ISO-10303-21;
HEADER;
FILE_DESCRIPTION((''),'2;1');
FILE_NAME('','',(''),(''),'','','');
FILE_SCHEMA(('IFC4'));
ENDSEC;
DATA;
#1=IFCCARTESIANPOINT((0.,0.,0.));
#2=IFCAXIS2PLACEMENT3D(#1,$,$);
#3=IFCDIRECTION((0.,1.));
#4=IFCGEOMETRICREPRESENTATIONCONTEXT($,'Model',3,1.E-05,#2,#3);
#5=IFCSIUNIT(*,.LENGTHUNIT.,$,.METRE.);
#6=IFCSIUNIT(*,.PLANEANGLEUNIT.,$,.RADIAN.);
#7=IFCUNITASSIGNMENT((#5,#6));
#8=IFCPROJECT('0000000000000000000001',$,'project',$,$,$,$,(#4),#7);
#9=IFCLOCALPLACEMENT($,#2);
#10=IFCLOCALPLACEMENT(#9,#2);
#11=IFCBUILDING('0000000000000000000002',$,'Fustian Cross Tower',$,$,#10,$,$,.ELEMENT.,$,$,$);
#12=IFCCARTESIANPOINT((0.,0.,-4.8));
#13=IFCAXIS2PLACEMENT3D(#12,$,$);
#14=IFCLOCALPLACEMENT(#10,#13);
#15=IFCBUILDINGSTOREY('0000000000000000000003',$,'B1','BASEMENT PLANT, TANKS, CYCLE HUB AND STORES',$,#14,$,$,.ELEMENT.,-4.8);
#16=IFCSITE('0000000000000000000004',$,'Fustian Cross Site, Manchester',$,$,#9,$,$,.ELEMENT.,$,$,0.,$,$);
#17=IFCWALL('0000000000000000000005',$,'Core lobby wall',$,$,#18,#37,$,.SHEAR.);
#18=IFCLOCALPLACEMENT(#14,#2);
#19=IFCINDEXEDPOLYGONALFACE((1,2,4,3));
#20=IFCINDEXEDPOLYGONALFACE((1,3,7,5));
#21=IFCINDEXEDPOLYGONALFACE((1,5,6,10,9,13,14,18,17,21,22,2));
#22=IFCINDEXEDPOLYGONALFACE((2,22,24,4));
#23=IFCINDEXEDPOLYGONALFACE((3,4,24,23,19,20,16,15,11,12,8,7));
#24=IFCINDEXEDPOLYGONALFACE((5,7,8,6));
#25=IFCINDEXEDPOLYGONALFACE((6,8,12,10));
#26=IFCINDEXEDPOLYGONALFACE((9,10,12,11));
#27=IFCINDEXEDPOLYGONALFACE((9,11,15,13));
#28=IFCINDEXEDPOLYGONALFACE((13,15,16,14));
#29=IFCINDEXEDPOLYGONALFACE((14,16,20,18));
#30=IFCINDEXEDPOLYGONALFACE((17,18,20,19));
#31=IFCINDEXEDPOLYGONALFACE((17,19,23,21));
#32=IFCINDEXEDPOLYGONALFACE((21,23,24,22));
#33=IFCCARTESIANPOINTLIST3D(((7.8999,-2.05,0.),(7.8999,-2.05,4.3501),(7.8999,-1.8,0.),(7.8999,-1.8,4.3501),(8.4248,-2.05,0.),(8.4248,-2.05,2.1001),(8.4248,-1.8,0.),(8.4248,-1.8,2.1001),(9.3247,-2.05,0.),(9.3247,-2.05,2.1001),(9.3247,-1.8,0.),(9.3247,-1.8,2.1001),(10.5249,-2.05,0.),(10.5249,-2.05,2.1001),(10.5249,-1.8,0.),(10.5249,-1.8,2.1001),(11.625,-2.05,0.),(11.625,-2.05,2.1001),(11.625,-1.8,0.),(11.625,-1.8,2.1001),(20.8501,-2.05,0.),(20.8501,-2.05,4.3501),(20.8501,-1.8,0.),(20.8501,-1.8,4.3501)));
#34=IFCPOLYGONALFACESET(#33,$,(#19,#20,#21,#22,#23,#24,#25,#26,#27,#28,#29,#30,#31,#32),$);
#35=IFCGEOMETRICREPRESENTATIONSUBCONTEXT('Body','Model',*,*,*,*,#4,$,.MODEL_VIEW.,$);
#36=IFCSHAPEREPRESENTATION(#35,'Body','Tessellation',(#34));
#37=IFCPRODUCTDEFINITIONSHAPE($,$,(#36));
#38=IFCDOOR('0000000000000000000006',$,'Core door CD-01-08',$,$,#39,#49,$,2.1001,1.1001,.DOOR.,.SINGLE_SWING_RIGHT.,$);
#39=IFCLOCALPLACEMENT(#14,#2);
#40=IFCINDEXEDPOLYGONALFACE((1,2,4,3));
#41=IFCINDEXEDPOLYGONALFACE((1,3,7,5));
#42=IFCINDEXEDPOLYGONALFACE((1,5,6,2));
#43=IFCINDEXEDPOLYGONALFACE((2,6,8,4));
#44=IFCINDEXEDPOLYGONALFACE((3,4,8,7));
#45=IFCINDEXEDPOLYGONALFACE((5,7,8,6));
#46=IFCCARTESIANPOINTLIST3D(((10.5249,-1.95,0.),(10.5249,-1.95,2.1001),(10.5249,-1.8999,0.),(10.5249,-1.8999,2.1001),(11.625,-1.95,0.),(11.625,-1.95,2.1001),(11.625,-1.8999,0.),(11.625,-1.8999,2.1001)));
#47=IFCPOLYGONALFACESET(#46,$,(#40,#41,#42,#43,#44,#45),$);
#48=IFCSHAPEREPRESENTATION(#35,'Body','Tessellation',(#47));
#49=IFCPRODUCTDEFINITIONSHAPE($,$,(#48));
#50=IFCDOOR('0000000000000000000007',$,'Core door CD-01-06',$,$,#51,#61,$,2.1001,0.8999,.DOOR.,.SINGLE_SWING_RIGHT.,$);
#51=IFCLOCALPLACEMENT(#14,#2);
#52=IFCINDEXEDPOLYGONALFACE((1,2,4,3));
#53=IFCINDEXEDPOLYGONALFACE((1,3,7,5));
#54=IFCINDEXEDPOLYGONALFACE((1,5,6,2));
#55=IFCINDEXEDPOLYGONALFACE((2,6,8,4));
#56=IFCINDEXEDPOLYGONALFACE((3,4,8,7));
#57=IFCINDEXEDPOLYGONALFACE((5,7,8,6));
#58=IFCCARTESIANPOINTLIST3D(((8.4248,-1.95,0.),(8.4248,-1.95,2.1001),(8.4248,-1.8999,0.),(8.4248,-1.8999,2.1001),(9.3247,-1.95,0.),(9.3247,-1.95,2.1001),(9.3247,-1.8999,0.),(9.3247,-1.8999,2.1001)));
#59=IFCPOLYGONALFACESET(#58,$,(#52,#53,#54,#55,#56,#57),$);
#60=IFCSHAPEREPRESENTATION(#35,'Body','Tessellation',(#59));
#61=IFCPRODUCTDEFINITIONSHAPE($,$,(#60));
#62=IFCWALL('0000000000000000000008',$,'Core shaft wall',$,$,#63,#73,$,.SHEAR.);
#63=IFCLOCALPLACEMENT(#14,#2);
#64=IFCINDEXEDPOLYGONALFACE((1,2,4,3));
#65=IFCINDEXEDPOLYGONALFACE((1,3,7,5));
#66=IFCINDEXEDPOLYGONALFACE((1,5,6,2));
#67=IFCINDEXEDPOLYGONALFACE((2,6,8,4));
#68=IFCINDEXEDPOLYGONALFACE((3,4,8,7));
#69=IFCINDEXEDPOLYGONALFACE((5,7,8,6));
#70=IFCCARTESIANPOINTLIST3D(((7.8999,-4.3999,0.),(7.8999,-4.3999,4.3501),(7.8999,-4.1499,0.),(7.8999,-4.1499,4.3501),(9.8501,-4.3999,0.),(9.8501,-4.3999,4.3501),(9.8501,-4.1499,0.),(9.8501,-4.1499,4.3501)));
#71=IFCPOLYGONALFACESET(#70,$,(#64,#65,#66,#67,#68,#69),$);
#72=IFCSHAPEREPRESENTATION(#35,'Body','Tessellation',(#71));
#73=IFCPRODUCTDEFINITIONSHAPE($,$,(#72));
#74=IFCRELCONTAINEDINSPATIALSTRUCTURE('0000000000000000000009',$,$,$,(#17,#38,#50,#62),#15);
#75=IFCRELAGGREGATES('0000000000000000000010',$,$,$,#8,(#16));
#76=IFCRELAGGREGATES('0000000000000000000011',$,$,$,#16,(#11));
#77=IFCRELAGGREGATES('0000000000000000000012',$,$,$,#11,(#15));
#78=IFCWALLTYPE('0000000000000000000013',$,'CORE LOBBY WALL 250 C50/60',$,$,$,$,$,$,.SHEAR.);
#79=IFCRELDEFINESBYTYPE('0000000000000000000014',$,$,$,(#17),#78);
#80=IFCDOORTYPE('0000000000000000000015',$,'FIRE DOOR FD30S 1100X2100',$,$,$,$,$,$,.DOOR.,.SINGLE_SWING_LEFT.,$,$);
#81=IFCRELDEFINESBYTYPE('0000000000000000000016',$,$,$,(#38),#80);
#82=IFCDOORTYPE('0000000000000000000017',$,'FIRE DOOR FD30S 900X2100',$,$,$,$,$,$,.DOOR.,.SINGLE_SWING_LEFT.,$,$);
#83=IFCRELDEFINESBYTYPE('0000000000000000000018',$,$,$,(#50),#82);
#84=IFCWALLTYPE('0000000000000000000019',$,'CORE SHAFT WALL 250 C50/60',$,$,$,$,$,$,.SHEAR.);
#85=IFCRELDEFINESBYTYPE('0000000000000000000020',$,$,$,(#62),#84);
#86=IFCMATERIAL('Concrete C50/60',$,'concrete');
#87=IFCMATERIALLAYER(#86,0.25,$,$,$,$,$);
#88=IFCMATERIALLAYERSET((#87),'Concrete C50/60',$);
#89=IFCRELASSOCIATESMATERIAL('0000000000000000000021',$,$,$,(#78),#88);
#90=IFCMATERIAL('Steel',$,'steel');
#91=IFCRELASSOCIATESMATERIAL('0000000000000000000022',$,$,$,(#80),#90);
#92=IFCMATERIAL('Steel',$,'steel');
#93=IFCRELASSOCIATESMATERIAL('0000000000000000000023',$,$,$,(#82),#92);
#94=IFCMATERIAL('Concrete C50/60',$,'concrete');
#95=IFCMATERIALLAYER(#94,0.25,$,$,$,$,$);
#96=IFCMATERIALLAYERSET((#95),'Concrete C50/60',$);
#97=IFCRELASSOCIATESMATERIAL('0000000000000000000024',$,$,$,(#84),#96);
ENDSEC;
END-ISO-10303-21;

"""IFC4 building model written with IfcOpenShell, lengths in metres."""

from ifc_helpers import new_model, si_unit, direction, frame, frame_2d, origin, place, context, subcontext, project, spatial, rectangle, extrude, material, layer, layer_set, type_object, element, fill, save


model = new_model("IFC4")

# Units and contexts
model_context = context("Model", 3, precision=1e-05, world=origin(), true_north=direction((0.0, 1.0)))
body_context = subcontext(model_context, "Body", "Model", "MODEL_VIEW")
ifc_project = project(units=[si_unit("LENGTHUNIT", "METRE"), si_unit("PLANEANGLEUNIT", "RADIAN")], contexts=[model_context])

# Site, building, storey
site_placement = place(None, origin())
site = spatial("IfcSite", under=ifc_project, at=site_placement, Name="Fustian Cross Site, Manchester", CompositionType="ELEMENT", RefElevation=0.0)
building_placement = place(site_placement, origin())
building = spatial("IfcBuilding", under=site, at=building_placement, Name="Fustian Cross Tower", CompositionType="ELEMENT")
storey_placement = place(building_placement, frame((0.0, 0.0, -4.8)))
storey = spatial("IfcBuildingStorey", under=building, at=storey_placement, Name="B1", Description="BASEMENT PLANT, TANKS, CYCLE HUB AND STORES", CompositionType="ELEMENT", Elevation=-4.8)

# Wall, openings, doors
ifc_material_1 = material(Name="Concrete C50/60", Category="concrete")
ifc_layer_1 = layer(ifc_material_1, 0.25)
ifc_layer_set_1 = layer_set([ifc_layer_1], Name="Concrete C50/60")
wall_type_1 = type_object("IfcWallType", Name="CORE LOBBY WALL 250 C50/60", PredefinedType="SHEAR", material=ifc_layer_set_1)
wall_1_placement = place(storey_placement, frame((7.8999, -1.925, 0.0), z_axis=(0.0, 0.0, 1.0), x_axis=(1.0, 0.0, 0.0)))
wall_1 = element("IfcWall", 1, at=wall_1_placement, inside=storey, type_object=wall_type_1, Name="Core lobby wall", PredefinedType="SHEAR", context=body_context, shape_type="SweptSolid", body=[
    extrude(rectangle(XDim=12.9502, YDim=0.25, at=frame_2d((6.4751, 0.0))), origin(), (0.0, 0.0, 1.0), 4.3501),
])
opening_1_placement = place(wall_1_placement, frame((0.5249, 0.0, 0.0)))
opening_1 = element("IfcOpeningElement", 2, at=opening_1_placement, cuts=wall_1, PredefinedType="OPENING", context=body_context, shape_type="SweptSolid", body=[
    extrude(rectangle(XDim=0.8999, YDim=2.1001, at=frame_2d((0.45, 1.05))), frame((0.0, 0.135, 0.0), z_axis=(0.0, -1.0, 0.0), x_axis=(1.0, 0.0, 0.0)), (0.0, 0.0, 1.0), 0.27),
])
opening_2_placement = place(wall_1_placement, frame((2.625, 0.0, 0.0)))
opening_2 = element("IfcOpeningElement", 3, at=opening_2_placement, cuts=wall_1, PredefinedType="OPENING", context=body_context, shape_type="SweptSolid", body=[
    extrude(rectangle(XDim=1.1001, YDim=2.1001, at=frame_2d((0.55, 1.05))), frame((0.0, 0.135, 0.0), z_axis=(0.0, -1.0, 0.0), x_axis=(1.0, 0.0, 0.0)), (0.0, 0.0, 1.0), 0.27),
])
ifc_material_2 = material(Name="Steel", Category="steel")
door_type_1 = type_object("IfcDoorType", Name="FIRE DOOR FD30S 1100X2100", OperationType="SINGLE_SWING_LEFT", PredefinedType="DOOR", material=ifc_material_2)
door_1_placement = place(opening_2_placement, frame((1.1001, 0.0, 0.0), z_axis=(0.0, 0.0, 1.0), x_axis=(-1.0, 0.0, 0.0)))
door_1 = element("IfcDoor", 4, at=door_1_placement, inside=storey, type_object=door_type_1, Name="Core door CD-01-08", OperationType="SINGLE_SWING_RIGHT", OverallHeight=2.1001, OverallWidth=1.1001, PredefinedType="DOOR", context=body_context, shape_type="SweptSolid", body=[
    extrude(rectangle(XDim=1.1001, YDim=2.1001, at=frame_2d((0.55, 1.05))), frame((0.0, 0.0249, 0.0), z_axis=(0.0, -1.0, 0.0), x_axis=(1.0, 0.0, 0.0)), (0.0, 0.0, 1.0), 0.05),
])
fill(opening_2, door_1)
ifc_material_3 = material(Name="Steel", Category="steel")
door_type_2 = type_object("IfcDoorType", Name="FIRE DOOR FD30S 900X2100", OperationType="SINGLE_SWING_LEFT", PredefinedType="DOOR", material=ifc_material_3)
door_2_placement = place(opening_1_placement, frame((0.8999, 0.0, 0.0), z_axis=(0.0, 0.0, 1.0), x_axis=(-1.0, 0.0, 0.0)))
door_2 = element("IfcDoor", 5, at=door_2_placement, inside=storey, type_object=door_type_2, Name="Core door CD-01-06", OperationType="SINGLE_SWING_RIGHT", OverallHeight=2.1001, OverallWidth=0.8999, PredefinedType="DOOR", context=body_context, shape_type="SweptSolid", body=[
    extrude(rectangle(XDim=0.8999, YDim=2.1001, at=frame_2d((0.45, 1.05))), frame((0.0, 0.0249, 0.0), z_axis=(0.0, -1.0, 0.0), x_axis=(1.0, 0.0, 0.0)), (0.0, 0.0, 1.0), 0.05),
])
fill(opening_1, door_2)

# Wall
ifc_material_4 = material(Name="Concrete C50/60", Category="concrete")
ifc_layer_2 = layer(ifc_material_4, 0.25)
ifc_layer_set_2 = layer_set([ifc_layer_2], Name="Concrete C50/60")
wall_type_2 = type_object("IfcWallType", Name="CORE SHAFT WALL 250 C50/60", PredefinedType="SHEAR", material=ifc_layer_set_2)
wall_2_placement = place(storey_placement, frame((7.8999, -4.2749, 0.0), z_axis=(0.0, 0.0, 1.0), x_axis=(1.0, 0.0, 0.0)))
element("IfcWall", 6, at=wall_2_placement, inside=storey, type_object=wall_type_2, Name="Core shaft wall", PredefinedType="SHEAR", context=body_context, shape_type="SweptSolid", body=[
    extrude(rectangle(XDim=1.9502, YDim=0.25, at=frame_2d((0.9751, 0.0))), origin(), (0.0, 0.0, 1.0), 4.3501),
])

save(model, "model.ifc")
